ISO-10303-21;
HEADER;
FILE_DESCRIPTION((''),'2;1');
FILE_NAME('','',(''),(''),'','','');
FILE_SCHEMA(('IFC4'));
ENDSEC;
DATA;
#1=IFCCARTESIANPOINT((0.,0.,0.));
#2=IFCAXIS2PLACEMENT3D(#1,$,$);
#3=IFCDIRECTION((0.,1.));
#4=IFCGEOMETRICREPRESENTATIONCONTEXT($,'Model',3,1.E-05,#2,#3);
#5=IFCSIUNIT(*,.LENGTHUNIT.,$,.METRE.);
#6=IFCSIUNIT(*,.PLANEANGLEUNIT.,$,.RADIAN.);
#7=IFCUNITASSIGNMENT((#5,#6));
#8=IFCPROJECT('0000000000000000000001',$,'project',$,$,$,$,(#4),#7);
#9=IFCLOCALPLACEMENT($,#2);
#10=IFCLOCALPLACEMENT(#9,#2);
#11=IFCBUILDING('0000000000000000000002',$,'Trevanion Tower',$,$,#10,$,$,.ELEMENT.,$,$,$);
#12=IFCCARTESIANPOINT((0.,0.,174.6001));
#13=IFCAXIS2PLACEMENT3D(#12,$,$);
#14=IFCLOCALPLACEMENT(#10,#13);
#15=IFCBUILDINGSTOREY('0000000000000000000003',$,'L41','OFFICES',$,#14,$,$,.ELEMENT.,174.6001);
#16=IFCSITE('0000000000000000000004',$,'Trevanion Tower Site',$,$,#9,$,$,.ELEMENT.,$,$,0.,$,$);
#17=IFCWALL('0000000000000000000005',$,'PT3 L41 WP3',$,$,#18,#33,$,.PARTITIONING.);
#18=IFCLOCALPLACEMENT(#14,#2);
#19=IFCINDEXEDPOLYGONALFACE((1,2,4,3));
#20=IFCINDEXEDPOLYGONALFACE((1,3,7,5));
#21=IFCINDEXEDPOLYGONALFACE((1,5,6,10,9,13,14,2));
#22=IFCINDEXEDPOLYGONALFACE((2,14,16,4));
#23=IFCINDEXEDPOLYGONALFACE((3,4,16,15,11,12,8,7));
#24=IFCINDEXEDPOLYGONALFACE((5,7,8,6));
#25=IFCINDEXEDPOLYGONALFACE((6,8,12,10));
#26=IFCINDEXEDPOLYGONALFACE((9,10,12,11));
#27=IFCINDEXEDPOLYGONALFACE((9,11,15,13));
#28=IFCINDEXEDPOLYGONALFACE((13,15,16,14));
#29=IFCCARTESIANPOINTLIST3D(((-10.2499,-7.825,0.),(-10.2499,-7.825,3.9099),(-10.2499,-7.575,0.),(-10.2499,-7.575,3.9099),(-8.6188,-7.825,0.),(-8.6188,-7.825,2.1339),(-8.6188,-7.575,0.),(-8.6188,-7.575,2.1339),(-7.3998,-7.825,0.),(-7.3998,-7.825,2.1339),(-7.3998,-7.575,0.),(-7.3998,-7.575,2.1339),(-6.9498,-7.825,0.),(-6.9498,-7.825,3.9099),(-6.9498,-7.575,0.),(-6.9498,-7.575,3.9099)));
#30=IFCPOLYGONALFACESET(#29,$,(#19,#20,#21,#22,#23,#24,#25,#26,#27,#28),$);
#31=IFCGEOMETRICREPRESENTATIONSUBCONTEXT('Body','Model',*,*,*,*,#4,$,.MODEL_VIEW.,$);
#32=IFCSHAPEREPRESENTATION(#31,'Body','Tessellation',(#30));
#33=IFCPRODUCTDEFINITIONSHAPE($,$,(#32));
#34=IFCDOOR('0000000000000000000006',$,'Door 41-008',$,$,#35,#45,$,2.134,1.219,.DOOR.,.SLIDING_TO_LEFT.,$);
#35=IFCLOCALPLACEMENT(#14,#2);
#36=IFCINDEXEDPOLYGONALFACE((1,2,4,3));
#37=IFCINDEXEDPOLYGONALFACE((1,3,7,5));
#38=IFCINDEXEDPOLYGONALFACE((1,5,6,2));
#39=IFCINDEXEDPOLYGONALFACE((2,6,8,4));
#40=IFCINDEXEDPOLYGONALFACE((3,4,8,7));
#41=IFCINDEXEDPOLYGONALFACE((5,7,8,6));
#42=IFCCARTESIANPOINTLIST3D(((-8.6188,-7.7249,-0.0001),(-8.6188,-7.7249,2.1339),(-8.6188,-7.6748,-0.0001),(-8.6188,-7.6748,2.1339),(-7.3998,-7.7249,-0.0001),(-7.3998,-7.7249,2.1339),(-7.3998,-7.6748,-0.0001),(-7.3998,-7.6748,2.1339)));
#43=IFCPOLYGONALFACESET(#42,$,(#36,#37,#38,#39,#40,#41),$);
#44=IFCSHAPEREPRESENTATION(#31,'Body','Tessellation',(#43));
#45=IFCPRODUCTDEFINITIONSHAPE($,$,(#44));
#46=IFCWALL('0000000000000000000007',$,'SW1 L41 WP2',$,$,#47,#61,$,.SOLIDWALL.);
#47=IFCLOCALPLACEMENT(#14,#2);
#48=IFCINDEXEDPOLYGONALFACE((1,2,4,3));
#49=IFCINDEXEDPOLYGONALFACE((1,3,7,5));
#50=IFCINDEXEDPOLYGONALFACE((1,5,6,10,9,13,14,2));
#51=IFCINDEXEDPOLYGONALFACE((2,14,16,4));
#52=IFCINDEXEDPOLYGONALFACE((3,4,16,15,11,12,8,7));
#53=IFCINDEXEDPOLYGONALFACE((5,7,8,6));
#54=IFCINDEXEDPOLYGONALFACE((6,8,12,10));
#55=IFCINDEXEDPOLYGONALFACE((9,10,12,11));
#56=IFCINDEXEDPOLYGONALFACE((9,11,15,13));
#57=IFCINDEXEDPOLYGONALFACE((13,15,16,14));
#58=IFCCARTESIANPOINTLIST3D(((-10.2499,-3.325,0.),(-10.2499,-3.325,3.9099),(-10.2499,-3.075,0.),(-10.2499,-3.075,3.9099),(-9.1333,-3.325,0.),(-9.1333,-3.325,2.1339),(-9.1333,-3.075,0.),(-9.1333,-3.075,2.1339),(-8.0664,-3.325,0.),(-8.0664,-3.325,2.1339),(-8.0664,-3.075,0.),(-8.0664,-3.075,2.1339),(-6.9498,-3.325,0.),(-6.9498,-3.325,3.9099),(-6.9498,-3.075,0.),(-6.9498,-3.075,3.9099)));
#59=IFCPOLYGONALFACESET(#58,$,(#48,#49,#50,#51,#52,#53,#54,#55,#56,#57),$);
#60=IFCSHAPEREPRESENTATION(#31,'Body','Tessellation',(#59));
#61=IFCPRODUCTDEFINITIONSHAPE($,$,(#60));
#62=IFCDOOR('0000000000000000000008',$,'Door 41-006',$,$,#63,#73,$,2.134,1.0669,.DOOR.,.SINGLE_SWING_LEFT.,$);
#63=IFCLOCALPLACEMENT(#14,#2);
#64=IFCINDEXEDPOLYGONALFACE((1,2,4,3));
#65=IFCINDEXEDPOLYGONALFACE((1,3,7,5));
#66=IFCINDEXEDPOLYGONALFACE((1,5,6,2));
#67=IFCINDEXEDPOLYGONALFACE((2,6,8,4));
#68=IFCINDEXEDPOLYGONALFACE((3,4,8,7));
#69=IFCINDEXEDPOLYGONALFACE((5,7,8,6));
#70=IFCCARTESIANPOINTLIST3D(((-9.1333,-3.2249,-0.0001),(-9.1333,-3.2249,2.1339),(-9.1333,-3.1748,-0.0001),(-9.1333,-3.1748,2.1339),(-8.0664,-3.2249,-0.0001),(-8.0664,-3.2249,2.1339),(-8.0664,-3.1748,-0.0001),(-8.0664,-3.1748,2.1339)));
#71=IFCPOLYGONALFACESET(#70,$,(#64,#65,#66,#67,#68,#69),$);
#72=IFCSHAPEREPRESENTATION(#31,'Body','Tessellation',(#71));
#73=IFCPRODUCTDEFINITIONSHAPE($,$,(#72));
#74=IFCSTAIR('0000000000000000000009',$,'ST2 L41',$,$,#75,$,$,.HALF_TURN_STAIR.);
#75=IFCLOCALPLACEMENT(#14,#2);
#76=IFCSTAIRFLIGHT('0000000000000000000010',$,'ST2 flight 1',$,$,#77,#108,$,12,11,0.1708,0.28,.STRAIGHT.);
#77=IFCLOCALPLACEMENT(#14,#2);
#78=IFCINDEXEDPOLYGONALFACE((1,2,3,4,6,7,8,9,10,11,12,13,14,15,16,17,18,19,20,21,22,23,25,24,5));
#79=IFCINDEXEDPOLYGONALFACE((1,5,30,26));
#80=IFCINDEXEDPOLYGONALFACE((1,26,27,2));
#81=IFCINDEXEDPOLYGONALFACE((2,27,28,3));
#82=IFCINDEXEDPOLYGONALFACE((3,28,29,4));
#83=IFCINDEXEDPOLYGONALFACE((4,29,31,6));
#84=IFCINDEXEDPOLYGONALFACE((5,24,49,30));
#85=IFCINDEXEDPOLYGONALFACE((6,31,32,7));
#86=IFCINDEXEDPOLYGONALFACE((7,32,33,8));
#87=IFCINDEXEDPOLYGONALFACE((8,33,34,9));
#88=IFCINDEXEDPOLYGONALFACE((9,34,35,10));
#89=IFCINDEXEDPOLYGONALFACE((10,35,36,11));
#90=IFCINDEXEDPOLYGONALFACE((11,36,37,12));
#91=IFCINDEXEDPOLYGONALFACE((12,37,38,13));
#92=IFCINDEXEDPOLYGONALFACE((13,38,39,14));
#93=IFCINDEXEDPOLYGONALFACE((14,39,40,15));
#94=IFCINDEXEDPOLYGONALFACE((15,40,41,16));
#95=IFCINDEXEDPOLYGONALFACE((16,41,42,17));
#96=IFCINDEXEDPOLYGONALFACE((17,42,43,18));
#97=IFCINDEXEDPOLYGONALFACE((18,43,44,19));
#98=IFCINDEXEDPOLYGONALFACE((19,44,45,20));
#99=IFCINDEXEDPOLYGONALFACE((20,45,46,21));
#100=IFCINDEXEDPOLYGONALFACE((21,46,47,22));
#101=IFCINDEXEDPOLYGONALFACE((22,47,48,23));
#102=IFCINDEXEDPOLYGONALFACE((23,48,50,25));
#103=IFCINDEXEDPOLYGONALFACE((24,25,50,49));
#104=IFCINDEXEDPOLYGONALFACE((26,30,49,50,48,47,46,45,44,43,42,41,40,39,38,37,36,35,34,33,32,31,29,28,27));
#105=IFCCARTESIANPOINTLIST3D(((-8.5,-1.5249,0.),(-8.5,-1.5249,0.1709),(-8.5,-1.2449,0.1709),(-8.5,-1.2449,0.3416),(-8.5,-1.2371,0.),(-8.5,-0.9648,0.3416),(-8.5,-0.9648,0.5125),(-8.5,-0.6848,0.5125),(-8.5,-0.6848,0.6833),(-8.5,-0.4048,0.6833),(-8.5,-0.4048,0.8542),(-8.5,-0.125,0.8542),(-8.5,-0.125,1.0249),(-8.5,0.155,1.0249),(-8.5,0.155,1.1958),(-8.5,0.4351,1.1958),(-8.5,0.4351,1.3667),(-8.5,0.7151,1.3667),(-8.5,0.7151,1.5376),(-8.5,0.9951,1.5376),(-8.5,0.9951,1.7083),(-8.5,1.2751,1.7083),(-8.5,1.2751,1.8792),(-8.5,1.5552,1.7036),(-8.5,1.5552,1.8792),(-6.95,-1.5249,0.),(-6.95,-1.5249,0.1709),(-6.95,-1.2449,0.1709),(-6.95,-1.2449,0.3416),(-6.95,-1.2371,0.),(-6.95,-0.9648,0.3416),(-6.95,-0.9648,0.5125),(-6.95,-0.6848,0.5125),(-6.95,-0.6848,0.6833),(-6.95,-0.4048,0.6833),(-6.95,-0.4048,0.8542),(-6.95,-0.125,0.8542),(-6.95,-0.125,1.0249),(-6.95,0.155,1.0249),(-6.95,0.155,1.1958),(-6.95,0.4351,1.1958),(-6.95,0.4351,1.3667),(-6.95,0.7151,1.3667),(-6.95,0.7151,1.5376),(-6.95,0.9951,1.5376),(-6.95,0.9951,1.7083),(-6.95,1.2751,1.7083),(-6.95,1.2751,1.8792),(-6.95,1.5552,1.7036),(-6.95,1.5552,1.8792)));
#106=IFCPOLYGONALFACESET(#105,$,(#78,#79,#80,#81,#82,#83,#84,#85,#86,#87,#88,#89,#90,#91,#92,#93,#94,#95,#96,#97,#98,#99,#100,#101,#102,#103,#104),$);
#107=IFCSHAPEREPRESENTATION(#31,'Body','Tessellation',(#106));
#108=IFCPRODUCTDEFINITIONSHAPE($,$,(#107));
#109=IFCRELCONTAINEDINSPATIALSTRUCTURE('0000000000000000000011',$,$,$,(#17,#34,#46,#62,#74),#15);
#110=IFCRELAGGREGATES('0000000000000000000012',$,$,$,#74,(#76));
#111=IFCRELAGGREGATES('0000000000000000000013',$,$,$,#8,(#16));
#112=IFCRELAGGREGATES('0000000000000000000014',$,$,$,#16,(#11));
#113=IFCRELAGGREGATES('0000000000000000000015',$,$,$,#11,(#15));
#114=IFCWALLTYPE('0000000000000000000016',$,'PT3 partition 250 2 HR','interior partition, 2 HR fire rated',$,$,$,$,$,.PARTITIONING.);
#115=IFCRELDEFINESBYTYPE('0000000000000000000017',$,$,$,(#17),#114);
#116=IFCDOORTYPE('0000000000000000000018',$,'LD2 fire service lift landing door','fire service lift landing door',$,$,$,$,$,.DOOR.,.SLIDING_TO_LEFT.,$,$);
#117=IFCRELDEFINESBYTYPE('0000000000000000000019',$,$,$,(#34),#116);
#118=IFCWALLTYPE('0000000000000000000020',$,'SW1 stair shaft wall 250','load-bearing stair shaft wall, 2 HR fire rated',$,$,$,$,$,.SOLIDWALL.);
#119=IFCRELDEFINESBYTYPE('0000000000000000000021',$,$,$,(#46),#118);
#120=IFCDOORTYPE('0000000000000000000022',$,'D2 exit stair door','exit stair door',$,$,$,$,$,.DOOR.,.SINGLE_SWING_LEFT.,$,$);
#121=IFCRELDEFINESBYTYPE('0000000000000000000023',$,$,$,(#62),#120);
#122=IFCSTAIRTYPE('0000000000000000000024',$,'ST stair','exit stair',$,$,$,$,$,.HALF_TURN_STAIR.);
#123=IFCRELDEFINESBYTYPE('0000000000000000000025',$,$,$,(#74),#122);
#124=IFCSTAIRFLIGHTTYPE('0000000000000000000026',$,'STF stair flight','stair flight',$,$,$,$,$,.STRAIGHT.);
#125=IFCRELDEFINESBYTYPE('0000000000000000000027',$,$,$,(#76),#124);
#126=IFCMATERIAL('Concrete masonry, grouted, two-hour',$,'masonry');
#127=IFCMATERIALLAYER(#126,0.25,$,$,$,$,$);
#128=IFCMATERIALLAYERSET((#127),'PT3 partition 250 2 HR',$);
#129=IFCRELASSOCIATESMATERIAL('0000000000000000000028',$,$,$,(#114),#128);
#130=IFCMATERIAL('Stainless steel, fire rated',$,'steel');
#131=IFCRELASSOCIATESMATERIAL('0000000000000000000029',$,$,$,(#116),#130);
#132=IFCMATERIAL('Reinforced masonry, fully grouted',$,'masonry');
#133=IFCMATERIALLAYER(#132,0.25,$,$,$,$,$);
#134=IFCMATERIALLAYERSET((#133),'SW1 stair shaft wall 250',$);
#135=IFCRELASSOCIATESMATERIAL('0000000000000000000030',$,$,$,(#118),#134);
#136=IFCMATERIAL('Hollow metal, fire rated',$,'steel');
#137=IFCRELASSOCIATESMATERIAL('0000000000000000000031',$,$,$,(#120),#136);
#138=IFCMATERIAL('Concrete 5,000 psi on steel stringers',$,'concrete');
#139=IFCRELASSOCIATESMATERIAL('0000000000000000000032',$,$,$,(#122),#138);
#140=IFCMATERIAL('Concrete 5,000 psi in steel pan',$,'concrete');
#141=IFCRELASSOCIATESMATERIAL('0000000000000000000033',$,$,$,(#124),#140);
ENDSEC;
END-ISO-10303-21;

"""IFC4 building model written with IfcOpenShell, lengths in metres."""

from ifc_helpers import new_model, si_unit, direction, frame, frame_2d, origin, place, context, subcontext, project, spatial, polyline, rectangle, outline, extrude, material, layer, layer_set, type_object, element, fill, aggregate, save


model = new_model("IFC4")

# Units and contexts
model_context = context("Model", 3, precision=1e-05, world=origin(), true_north=direction((0.0, 1.0)))
body_context = subcontext(model_context, "Body", "Model", "MODEL_VIEW")
ifc_project = project(units=[si_unit("LENGTHUNIT", "METRE"), si_unit("PLANEANGLEUNIT", "RADIAN")], contexts=[model_context])

# Site, building, storey
site_placement = place(None, origin())
site = spatial("IfcSite", under=ifc_project, at=site_placement, Name="Trevanion Tower Site", CompositionType="ELEMENT", RefElevation=0.0)
building_placement = place(site_placement, origin())
building = spatial("IfcBuilding", under=site, at=building_placement, Name="Trevanion Tower", CompositionType="ELEMENT")
storey_placement = place(building_placement, frame((0.0, 0.0, 174.6001)))
storey = spatial("IfcBuildingStorey", under=building, at=storey_placement, Name="L41", Description="OFFICES", CompositionType="ELEMENT", Elevation=174.6001)

# Walls, openings, doors
ifc_material_1 = material(Name="Concrete masonry, grouted, two-hour", Category="masonry")
ifc_layer_1 = layer(ifc_material_1, 0.25)
ifc_layer_set_1 = layer_set([ifc_layer_1], Name="PT3 partition 250 2 HR")
wall_type_1 = type_object("IfcWallType", Name="PT3 partition 250 2 HR", Description="interior partition, 2 HR fire rated", PredefinedType="PARTITIONING", material=ifc_layer_set_1)
wall_1_placement = place(storey_placement, frame((-6.95, -7.7, 0.0), z_axis=(0.0, 0.0, 1.0), x_axis=(-1.0, 0.0, 0.0)))
wall_1 = element("IfcWall", 1, at=wall_1_placement, inside=storey, type_object=wall_type_1, Name="PT3 L41 WP3", PredefinedType="PARTITIONING", context=body_context, shape_type="SweptSolid", body=[
    extrude(rectangle(XDim=3.3, YDim=0.25, at=frame_2d((1.6499, 0.0))), origin(), (0.0, 0.0, 1.0), 3.9099),
])
opening_1_placement = place(wall_1_placement, frame((0.45, 0.0, 0.0)))
opening_1 = element("IfcOpeningElement", 2, at=opening_1_placement, cuts=wall_1, PredefinedType="OPENING", context=body_context, shape_type="SweptSolid", body=[
    extrude(rectangle(XDim=1.219, YDim=2.134, at=frame_2d((0.6094, 1.0669))), frame((0.0, 0.135, 0.0), z_axis=(0.0, -1.0, 0.0), x_axis=(1.0, 0.0, 0.0)), (0.0, 0.0, 1.0), 0.27),
])
ifc_material_2 = material(Name="Stainless steel, fire rated", Category="steel")
door_type_1 = type_object("IfcDoorType", Name="LD2 fire service lift landing door", Description="fire service lift landing door", OperationType="SLIDING_TO_LEFT", PredefinedType="DOOR", material=ifc_material_2)
door_1_placement = place(opening_1_placement, origin())
door_1 = element("IfcDoor", 3, at=door_1_placement, inside=storey, type_object=door_type_1, Name="Door 41-008", OperationType="SLIDING_TO_LEFT", OverallHeight=2.134, OverallWidth=1.219, PredefinedType="DOOR", context=body_context, shape_type="SweptSolid", body=[
    extrude(rectangle(XDim=1.219, YDim=2.134, at=frame_2d((0.6094, 1.0669))), frame((0.0, 0.0249, 0.0), z_axis=(0.0, -1.0, 0.0), x_axis=(1.0, 0.0, 0.0)), (0.0, 0.0, 1.0), 0.05),
])
fill(opening_1, door_1)
ifc_material_3 = material(Name="Reinforced masonry, fully grouted", Category="masonry")
ifc_layer_2 = layer(ifc_material_3, 0.25)
ifc_layer_set_2 = layer_set([ifc_layer_2], Name="SW1 stair shaft wall 250")
wall_type_2 = type_object("IfcWallType", Name="SW1 stair shaft wall 250", Description="load-bearing stair shaft wall, 2 HR fire rated", PredefinedType="SOLIDWALL", material=ifc_layer_set_2)
wall_2_placement = place(storey_placement, frame((-6.95, -3.2, 0.0), z_axis=(0.0, 0.0, 1.0), x_axis=(-1.0, 0.0, 0.0)))
wall_2 = element("IfcWall", 4, at=wall_2_placement, inside=storey, type_object=wall_type_2, Name="SW1 L41 WP2", PredefinedType="SOLIDWALL", context=body_context, shape_type="SweptSolid", body=[
    extrude(rectangle(XDim=3.3, YDim=0.25, at=frame_2d((1.6499, 0.0))), origin(), (0.0, 0.0, 1.0), 3.9099),
])
opening_2_placement = place(wall_2_placement, frame((1.1165, 0.0, 0.0)))
opening_2 = element("IfcOpeningElement", 5, at=opening_2_placement, cuts=wall_2, PredefinedType="OPENING", context=body_context, shape_type="SweptSolid", body=[
    extrude(rectangle(XDim=1.0669, YDim=2.134, at=frame_2d((0.5334, 1.0669))), frame((0.0, 0.135, 0.0), z_axis=(0.0, -1.0, 0.0), x_axis=(1.0, 0.0, 0.0)), (0.0, 0.0, 1.0), 0.27),
])
ifc_material_4 = material(Name="Hollow metal, fire rated", Category="steel")
door_type_2 = type_object("IfcDoorType", Name="D2 exit stair door", Description="exit stair door", OperationType="SINGLE_SWING_LEFT", PredefinedType="DOOR", material=ifc_material_4)
door_2_placement = place(opening_2_placement, origin())
door_2 = element("IfcDoor", 6, at=door_2_placement, inside=storey, type_object=door_type_2, Name="Door 41-006", OperationType="SINGLE_SWING_LEFT", OverallHeight=2.134, OverallWidth=1.0669, PredefinedType="DOOR", context=body_context, shape_type="SweptSolid", body=[
    extrude(rectangle(XDim=1.0669, YDim=2.134, at=frame_2d((0.5334, 1.0669))), frame((0.0, 0.0249, 0.0), z_axis=(0.0, -1.0, 0.0), x_axis=(1.0, 0.0, 0.0)), (0.0, 0.0, 1.0), 0.05),
])
fill(opening_2, door_2)

# Stair, stair flight
ifc_material_5 = material(Name="Concrete 5,000 psi on steel stringers", Category="concrete")
stair_type = type_object("IfcStairType", Name="ST stair", Description="exit stair", PredefinedType="HALF_TURN_STAIR", material=ifc_material_5)
stair_placement = place(storey_placement, origin())
stair = element("IfcStair", 7, at=stair_placement, inside=storey, type_object=stair_type, Name="ST2 L41", PredefinedType="HALF_TURN_STAIR")
ifc_material_6 = material(Name="Concrete 5,000 psi in steel pan", Category="concrete")
stair_flight_type = type_object("IfcStairFlightType", Name="STF stair flight", Description="stair flight", PredefinedType="STRAIGHT", material=ifc_material_6)
stair_flight_placement = place(storey_placement, frame((-7.7251, -1.5249, 0.0), z_axis=(0.0, 0.0, 1.0), x_axis=(0.0, 1.0, 0.0)))
stair_flight = element("IfcStairFlight", 8, at=stair_flight_placement, type_object=stair_flight_type, Name="ST2 flight 1", NumberOfRisers=12, NumberOfTreads=11, PredefinedType="STRAIGHT", RiserHeight=0.1708, TreadLength=0.28, context=body_context, shape_type="SweptSolid", body=[
    extrude(outline(polyline([(0.0, 0.0), (0.0, 0.1709), (0.28, 0.1709), (0.28, 0.3416), (0.5601, 0.3416), (0.5601, 0.5125), (0.8401, 0.5125), (0.8401, 0.6833), (1.1201, 0.6833), (1.1201, 0.8542), (1.3999, 0.8542), (1.3999, 1.0249), (1.6799, 1.0249), (1.6799, 1.1958), (1.96, 1.1958), (1.96, 1.3667), (2.24, 1.3667), (2.24, 1.5376), (2.52, 1.5376), (2.52, 1.7083), (2.8, 1.7083), (2.8, 1.8792), (3.0801, 1.8792), (3.0801, 2.05), (3.0801, 1.7036), (0.2878, 0.0), (0.0, 0.0)])), frame((0.0, 0.7749, 0.0), z_axis=(0.0, -1.0, 0.0), x_axis=(1.0, 0.0, 0.0)), (0.0, 0.0, 1.0), 1.55),
])
aggregate(stair, [stair_flight])

save(model, "model.ifc")
